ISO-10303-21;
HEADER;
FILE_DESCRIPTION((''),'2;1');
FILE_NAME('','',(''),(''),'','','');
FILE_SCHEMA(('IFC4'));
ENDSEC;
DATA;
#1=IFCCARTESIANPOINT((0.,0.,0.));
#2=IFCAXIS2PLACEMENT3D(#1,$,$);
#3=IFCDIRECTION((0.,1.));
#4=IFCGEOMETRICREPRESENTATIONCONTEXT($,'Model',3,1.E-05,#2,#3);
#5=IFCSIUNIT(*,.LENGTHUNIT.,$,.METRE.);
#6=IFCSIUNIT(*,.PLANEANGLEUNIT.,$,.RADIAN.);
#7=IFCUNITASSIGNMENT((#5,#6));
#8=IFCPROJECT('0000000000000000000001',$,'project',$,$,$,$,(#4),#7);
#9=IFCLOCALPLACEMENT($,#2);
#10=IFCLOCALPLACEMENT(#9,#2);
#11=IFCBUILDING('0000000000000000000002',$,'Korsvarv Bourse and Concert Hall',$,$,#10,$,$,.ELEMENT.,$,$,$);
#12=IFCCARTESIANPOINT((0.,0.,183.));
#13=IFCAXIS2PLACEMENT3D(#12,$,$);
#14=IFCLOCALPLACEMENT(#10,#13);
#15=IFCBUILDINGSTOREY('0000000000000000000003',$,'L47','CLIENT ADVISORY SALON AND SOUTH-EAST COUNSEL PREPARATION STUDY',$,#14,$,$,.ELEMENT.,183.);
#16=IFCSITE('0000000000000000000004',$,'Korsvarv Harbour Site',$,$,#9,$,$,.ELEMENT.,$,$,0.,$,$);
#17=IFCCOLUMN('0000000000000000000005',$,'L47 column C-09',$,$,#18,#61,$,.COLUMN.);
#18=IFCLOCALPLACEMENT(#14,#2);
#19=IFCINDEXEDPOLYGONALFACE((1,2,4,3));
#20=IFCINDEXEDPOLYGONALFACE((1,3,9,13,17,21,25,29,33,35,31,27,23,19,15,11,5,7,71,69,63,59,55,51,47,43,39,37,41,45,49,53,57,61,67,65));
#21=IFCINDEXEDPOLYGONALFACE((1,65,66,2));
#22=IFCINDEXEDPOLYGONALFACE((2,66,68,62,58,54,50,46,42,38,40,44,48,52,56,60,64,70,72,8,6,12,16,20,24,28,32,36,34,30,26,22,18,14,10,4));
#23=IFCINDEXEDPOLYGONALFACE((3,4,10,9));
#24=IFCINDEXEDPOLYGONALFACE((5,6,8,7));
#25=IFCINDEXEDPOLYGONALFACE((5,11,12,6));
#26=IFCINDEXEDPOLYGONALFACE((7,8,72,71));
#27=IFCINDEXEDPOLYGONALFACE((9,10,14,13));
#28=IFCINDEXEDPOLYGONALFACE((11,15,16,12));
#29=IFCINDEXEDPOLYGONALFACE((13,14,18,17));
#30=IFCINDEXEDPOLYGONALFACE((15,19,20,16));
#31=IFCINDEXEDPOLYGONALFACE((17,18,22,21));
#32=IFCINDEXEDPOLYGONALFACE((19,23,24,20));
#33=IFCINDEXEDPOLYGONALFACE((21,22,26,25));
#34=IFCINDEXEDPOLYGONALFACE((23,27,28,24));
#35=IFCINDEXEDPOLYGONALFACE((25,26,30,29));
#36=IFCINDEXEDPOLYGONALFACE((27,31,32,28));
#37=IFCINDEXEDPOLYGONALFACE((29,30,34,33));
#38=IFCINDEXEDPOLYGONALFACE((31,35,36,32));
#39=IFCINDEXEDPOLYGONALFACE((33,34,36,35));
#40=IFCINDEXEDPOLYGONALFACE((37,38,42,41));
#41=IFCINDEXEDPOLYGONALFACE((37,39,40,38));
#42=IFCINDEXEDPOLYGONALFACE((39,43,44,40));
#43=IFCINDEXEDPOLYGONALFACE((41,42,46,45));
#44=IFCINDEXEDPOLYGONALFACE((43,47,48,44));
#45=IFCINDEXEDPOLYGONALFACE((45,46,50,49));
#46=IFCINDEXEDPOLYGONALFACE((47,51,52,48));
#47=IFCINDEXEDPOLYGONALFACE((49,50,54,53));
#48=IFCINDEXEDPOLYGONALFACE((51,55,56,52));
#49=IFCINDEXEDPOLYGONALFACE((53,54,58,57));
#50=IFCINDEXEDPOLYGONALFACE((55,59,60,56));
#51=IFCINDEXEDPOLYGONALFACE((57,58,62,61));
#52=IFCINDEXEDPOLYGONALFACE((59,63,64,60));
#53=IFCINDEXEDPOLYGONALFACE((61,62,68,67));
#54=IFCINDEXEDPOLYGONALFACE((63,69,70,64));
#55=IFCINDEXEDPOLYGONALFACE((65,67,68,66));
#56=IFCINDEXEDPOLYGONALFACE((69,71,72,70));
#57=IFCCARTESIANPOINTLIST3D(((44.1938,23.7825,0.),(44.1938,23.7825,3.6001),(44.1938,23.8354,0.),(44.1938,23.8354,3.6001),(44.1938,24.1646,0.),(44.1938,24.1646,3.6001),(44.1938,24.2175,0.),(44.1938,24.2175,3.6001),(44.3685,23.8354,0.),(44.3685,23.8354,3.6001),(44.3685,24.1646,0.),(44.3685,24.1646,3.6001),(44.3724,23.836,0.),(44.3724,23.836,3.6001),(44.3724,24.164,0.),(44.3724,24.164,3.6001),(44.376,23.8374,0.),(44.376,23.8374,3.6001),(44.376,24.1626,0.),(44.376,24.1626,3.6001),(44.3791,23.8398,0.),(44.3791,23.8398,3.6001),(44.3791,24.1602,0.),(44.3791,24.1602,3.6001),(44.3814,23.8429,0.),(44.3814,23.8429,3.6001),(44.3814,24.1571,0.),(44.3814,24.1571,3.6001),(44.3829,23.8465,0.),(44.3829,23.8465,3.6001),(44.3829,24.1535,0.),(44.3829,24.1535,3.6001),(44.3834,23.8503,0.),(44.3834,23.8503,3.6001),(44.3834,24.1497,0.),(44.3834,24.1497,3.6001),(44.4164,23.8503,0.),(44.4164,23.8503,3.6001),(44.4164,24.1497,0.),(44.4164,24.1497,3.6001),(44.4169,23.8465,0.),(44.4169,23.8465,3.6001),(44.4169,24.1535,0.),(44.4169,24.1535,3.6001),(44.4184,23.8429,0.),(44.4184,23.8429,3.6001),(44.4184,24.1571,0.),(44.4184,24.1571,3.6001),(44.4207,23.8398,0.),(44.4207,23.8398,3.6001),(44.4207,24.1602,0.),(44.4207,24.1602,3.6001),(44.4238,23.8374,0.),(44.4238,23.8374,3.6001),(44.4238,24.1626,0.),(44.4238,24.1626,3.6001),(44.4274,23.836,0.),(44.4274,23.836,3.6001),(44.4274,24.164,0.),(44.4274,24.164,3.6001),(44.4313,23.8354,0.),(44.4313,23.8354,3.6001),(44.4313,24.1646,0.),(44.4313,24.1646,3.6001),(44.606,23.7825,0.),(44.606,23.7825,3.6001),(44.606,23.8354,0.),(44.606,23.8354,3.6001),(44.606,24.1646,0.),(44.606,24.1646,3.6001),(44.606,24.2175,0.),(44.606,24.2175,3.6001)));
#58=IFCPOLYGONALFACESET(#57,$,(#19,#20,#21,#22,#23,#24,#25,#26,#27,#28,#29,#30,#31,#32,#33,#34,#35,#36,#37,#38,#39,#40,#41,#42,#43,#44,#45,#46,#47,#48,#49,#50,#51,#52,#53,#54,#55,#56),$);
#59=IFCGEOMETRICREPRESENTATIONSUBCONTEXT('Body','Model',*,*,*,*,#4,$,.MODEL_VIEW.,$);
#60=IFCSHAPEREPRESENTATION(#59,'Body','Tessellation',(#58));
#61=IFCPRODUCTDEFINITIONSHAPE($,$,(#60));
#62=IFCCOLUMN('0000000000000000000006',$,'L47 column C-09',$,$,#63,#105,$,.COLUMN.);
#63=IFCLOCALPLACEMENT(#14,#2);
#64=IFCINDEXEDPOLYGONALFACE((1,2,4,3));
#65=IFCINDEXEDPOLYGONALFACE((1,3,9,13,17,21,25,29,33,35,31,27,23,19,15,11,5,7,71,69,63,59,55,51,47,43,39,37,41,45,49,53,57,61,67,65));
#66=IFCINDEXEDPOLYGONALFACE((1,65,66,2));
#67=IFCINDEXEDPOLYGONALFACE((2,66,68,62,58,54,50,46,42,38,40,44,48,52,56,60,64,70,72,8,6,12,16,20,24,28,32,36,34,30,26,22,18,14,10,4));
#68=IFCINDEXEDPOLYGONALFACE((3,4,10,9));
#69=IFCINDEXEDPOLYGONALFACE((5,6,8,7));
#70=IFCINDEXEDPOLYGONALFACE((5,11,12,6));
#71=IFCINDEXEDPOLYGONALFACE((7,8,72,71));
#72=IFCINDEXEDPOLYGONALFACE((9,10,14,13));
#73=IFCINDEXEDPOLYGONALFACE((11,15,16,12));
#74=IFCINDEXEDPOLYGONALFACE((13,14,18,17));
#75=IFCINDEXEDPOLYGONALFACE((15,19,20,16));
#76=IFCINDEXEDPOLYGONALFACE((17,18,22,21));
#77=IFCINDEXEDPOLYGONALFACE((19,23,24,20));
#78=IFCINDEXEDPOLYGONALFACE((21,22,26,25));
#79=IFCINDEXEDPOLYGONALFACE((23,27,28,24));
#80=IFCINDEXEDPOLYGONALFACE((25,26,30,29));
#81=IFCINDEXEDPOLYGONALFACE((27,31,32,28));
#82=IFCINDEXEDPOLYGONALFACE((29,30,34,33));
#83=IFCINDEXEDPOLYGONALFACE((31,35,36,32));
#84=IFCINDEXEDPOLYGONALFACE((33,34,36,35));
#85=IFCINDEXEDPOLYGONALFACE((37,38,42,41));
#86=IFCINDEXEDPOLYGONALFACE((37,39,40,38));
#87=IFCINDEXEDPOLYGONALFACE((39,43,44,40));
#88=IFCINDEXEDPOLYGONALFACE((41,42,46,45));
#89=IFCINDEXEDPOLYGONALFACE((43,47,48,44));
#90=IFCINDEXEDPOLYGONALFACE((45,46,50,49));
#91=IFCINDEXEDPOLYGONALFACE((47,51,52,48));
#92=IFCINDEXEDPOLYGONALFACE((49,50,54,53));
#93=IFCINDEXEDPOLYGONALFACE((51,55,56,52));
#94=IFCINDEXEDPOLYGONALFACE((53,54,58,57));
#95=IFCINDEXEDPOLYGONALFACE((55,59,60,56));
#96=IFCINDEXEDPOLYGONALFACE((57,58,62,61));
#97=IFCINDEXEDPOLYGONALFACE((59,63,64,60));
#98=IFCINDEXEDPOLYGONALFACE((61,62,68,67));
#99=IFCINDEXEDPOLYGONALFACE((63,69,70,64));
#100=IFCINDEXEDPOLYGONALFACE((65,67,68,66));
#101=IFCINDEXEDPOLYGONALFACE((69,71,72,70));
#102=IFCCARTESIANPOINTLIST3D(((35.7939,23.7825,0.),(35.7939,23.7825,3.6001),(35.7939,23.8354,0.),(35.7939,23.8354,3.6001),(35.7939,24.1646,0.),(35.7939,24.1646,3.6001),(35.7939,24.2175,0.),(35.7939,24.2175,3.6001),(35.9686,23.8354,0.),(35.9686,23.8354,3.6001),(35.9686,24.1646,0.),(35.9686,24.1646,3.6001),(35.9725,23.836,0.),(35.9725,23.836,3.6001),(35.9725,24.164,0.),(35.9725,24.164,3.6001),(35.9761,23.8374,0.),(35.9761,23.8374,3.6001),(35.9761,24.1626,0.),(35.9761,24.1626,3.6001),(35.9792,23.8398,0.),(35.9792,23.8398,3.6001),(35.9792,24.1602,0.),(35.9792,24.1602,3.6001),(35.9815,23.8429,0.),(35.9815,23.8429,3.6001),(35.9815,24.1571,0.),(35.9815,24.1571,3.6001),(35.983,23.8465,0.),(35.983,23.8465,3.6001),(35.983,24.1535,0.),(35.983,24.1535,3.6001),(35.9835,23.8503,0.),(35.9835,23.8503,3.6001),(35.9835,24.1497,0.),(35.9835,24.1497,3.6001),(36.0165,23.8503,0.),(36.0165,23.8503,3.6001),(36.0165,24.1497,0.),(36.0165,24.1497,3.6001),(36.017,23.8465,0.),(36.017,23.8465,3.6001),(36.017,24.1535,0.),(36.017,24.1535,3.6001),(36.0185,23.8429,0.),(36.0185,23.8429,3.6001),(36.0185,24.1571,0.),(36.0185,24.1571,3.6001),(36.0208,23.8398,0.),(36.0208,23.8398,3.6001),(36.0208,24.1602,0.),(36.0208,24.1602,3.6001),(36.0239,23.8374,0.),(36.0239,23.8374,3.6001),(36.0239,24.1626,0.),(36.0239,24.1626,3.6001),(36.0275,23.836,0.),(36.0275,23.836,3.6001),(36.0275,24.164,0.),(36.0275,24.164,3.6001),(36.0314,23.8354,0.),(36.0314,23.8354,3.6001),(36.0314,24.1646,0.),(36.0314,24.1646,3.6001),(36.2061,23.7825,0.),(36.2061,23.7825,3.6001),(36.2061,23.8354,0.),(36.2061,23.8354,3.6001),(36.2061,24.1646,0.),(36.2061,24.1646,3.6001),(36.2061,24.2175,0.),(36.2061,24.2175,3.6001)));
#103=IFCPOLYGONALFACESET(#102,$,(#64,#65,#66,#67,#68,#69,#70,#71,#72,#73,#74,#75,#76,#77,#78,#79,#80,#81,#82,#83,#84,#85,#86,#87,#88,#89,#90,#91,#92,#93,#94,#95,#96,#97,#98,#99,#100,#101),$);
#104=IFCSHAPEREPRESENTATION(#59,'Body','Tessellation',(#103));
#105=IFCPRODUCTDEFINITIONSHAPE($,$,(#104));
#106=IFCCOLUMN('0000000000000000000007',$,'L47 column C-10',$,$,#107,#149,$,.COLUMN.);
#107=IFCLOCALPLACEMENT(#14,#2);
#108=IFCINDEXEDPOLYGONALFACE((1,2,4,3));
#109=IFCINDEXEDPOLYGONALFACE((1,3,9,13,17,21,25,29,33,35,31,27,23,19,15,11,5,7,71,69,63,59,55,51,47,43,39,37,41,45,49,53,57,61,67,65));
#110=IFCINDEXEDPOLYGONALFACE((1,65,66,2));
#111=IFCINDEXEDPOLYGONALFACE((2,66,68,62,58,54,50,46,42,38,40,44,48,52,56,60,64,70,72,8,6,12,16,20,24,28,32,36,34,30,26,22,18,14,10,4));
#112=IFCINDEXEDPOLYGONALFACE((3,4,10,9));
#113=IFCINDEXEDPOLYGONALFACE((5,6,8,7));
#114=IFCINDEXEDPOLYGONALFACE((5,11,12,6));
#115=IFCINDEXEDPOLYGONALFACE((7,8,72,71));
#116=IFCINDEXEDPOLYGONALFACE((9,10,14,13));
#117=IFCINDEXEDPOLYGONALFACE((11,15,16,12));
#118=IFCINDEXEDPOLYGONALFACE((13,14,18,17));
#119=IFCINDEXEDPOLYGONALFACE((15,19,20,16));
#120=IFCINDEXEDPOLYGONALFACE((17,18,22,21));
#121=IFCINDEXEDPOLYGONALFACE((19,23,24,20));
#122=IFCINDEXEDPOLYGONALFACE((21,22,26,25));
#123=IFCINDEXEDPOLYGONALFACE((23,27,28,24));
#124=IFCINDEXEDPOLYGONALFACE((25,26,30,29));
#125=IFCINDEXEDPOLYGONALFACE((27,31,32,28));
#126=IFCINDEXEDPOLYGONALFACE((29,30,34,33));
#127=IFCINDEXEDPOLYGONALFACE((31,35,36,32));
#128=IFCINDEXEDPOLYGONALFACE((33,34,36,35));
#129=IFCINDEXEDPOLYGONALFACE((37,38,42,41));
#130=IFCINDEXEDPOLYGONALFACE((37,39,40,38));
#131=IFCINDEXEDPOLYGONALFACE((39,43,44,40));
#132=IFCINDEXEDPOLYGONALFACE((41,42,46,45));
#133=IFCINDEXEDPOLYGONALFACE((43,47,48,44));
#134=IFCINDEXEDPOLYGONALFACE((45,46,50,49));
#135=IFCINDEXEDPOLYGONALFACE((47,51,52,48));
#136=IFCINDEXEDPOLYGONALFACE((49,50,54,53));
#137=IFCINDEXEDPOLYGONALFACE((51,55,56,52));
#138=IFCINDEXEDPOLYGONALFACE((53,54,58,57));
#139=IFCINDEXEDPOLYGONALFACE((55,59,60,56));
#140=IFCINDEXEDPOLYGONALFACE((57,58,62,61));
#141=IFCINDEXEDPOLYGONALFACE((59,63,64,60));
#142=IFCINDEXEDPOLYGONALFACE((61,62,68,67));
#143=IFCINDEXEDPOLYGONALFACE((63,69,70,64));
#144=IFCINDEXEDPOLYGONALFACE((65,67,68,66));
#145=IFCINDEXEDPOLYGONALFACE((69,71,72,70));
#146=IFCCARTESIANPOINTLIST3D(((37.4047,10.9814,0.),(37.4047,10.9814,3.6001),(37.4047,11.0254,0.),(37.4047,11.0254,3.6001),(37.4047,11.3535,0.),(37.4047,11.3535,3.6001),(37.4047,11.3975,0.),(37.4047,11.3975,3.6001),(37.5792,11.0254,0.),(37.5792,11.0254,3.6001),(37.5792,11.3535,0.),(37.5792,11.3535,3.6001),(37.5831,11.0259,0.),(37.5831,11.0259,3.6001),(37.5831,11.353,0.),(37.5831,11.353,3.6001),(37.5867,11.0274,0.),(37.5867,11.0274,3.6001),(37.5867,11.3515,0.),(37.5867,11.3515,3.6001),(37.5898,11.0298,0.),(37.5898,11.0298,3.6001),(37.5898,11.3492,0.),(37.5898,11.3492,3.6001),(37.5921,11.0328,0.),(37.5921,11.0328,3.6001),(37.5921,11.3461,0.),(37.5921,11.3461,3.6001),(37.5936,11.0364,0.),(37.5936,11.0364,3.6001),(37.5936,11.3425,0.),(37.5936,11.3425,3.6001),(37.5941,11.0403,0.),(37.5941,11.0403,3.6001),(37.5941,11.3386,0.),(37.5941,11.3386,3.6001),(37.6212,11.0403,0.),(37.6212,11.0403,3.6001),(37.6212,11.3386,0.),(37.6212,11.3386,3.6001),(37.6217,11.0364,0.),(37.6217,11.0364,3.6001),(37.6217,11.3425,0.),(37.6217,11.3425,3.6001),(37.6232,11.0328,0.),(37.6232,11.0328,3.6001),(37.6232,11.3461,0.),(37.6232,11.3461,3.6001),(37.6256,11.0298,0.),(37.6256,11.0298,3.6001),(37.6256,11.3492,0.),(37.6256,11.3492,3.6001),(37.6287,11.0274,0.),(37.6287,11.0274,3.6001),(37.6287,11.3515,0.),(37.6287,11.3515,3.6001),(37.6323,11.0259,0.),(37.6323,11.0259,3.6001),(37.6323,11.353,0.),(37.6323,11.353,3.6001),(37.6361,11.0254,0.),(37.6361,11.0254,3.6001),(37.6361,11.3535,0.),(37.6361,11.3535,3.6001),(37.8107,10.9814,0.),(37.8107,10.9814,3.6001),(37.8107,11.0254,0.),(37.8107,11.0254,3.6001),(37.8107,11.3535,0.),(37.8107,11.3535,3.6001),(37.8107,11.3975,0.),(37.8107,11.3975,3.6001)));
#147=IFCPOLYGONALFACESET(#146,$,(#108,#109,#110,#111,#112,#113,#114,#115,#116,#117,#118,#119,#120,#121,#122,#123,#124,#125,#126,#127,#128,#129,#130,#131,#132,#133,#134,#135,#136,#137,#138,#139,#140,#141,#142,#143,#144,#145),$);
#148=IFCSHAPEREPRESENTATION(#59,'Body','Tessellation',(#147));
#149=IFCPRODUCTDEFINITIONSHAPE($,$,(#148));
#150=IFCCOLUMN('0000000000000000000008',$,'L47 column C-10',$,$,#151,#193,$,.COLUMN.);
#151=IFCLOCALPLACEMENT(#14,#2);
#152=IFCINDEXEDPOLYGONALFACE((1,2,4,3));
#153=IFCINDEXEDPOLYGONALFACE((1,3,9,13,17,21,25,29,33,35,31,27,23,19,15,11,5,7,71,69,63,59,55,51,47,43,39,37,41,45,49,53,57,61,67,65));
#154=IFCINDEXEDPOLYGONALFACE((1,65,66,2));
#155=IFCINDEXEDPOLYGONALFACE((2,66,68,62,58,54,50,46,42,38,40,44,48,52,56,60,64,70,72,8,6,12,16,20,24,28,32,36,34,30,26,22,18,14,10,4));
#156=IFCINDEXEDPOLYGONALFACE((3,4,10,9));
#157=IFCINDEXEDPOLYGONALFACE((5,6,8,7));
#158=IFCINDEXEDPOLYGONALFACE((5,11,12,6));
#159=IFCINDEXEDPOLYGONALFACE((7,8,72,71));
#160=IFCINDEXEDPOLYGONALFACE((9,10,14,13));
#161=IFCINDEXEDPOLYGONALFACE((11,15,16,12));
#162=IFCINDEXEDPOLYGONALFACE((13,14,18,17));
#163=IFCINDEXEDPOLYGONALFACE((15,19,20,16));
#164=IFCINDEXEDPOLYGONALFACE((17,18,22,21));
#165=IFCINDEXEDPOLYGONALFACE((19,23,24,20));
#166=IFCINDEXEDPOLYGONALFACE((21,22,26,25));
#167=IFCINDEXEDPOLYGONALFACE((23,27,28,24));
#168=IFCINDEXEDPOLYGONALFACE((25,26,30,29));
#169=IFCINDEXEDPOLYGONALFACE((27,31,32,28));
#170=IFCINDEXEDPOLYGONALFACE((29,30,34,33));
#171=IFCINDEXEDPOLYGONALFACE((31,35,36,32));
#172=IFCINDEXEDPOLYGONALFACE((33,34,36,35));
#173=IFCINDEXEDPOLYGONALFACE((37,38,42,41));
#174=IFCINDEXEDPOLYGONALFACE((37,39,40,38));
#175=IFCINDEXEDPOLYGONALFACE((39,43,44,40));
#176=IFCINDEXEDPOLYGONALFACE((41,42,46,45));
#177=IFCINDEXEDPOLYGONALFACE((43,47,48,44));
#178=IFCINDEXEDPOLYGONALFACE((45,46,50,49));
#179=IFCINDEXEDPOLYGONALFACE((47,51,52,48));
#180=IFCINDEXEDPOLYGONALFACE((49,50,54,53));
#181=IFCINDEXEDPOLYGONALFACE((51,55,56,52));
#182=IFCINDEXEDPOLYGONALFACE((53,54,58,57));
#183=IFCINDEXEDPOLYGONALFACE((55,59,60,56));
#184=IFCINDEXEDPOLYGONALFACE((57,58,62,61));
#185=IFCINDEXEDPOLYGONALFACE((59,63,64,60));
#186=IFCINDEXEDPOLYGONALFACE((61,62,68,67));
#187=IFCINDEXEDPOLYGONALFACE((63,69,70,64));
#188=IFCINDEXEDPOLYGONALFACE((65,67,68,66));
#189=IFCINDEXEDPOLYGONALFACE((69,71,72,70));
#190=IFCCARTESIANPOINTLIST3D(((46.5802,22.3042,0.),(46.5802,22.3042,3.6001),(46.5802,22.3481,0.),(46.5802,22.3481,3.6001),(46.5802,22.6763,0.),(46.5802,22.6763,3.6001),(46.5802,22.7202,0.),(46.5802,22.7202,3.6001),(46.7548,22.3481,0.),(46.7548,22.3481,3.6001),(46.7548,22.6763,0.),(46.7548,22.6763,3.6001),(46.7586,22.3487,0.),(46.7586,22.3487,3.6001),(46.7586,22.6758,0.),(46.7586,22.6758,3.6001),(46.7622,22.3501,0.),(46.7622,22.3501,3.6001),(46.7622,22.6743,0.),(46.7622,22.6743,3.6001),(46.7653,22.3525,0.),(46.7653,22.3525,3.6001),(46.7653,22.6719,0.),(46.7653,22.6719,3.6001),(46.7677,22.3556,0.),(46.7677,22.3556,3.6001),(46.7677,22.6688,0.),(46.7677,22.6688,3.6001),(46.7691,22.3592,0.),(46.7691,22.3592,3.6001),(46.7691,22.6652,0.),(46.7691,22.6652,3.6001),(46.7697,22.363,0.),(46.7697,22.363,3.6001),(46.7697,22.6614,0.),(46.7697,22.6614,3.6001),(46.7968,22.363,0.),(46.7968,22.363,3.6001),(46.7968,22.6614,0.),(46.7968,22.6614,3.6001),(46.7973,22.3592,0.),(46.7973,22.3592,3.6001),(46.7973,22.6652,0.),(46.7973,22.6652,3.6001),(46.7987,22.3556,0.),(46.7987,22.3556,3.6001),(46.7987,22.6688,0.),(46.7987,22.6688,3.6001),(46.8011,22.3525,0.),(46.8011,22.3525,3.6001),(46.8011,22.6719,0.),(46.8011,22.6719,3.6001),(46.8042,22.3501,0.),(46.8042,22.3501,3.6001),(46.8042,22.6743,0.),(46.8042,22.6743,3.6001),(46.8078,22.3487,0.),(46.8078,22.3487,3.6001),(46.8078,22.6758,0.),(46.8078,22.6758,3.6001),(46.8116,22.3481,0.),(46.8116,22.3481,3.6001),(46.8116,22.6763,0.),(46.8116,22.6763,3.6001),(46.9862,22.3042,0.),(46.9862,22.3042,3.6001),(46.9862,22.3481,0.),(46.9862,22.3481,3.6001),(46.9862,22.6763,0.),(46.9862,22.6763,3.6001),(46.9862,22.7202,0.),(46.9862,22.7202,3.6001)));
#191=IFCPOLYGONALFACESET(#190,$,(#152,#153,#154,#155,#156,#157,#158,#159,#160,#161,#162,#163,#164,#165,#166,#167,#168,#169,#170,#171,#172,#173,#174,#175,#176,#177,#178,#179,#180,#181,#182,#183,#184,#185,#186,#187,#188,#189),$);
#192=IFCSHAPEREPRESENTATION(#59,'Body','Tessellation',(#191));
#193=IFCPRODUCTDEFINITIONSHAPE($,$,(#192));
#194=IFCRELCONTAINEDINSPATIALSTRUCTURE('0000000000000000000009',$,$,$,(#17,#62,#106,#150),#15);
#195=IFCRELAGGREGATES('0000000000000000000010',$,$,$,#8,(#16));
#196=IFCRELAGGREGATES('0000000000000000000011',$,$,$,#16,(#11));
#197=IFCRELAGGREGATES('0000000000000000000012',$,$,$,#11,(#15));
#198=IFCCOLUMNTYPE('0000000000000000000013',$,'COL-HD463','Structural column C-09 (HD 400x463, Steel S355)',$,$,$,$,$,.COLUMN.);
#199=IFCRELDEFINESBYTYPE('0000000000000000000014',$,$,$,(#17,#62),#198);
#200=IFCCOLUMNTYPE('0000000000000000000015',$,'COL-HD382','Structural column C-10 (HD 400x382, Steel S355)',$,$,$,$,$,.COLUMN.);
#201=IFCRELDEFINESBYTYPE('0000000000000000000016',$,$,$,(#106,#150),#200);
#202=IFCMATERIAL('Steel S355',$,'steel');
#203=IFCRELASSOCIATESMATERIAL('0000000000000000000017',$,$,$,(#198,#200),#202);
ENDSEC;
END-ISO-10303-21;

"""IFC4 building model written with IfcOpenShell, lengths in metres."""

from ifc_helpers import new_model, si_unit, direction, frame, origin, origin_2d, place, context, subcontext, project, spatial, i_section, extrude, source, transform, mapped, material, material_profile, profile_set, type_object, element, save


model = new_model("IFC4")

# Units and contexts
model_context = context("Model", 3, precision=1e-05, world=origin(), true_north=direction((0.0, 1.0)))
body_context = subcontext(model_context, "Body", "Model", "MODEL_VIEW")
ifc_project = project(units=[si_unit("LENGTHUNIT", "METRE"), si_unit("PLANEANGLEUNIT", "RADIAN")], contexts=[model_context])

# Site, building, storey
site_placement = place(None, origin())
site = spatial("IfcSite", under=ifc_project, at=site_placement, Name="Korsvarv Harbour Site", CompositionType="ELEMENT", RefElevation=0.0)
building_placement = place(site_placement, origin())
building = spatial("IfcBuilding", under=site, at=building_placement, Name="Korsvarv Bourse and Concert Hall", CompositionType="ELEMENT")
storey_placement = place(building_placement, frame((0.0, 0.0, 183.0)))
storey = spatial("IfcBuildingStorey", under=building, at=storey_placement, Name="L47", Description="CLIENT ADVISORY SALON AND SOUTH-EAST COUNSEL PREPARATION STUDY", CompositionType="ELEMENT", Elevation=183.0)

# Columns
ifc_material_1 = material(Name="Steel S355", Category="steel")
ifc_material_profile_1 = material_profile(ifc_material_1, i_section(OverallWidth=0.4121, OverallDepth=0.4351, WebThickness=0.033, FlangeThickness=0.053, FilletRadius=0.0149, at=origin_2d()), Name="HD 400x463")
ifc_profile_set_1 = profile_set([ifc_material_profile_1], Name="Steel S355")
column_type_1 = type_object("IfcColumnType", Name="COL-HD463", Description="Structural column C-09 (HD 400x463, Steel S355)", PredefinedType="COLUMN", material=ifc_profile_set_1)
shared_shape_1 = source(origin(), body_context, "Body", "SweptSolid", [
    extrude(i_section(OverallWidth=0.4121, OverallDepth=0.4351, WebThickness=0.033, FlangeThickness=0.053, FilletRadius=0.0149, at=origin_2d()), origin(), (0.0, 0.0, 1.0), 3.6001),
])
for number, where, z_axis, x_axis, name in (
    (1, (44.3999, 24.0, 0.0), (0.0, 0.0, 1.0), (1.0, 0.0, 0.0), "L47 column C-09"),
    (2, (36.0, 24.0, 0.0), (0.0, 0.0, 1.0), (1.0, 0.0, 0.0), "L47 column C-09"),
):
    element("IfcColumn", number, at=place(storey_placement, frame(where, z_axis=z_axis, x_axis=x_axis)), inside=storey, type_object=column_type_1, Name=name, PredefinedType="COLUMN", context=body_context, shape_type="MappedRepresentation", body=[
        mapped(shared_shape_1, transform((0.0, 0.0, 0.0), scale=1.0)),
    ])
ifc_material_profile_2 = material_profile(ifc_material_1, i_section(OverallWidth=0.406, OverallDepth=0.416, WebThickness=0.0271, FlangeThickness=0.0439, FilletRadius=0.0149, at=origin_2d()), Name="HD 400x382")
ifc_profile_set_2 = profile_set([ifc_material_profile_2], Name="Steel S355")
column_type_2 = type_object("IfcColumnType", Name="COL-HD382", Description="Structural column C-10 (HD 400x382, Steel S355)", PredefinedType="COLUMN", material=ifc_profile_set_2)
shared_shape_2 = source(origin(), body_context, "Body", "SweptSolid", [
    extrude(i_section(OverallWidth=0.406, OverallDepth=0.416, WebThickness=0.0271, FlangeThickness=0.0439, FilletRadius=0.0149, at=origin_2d()), origin(), (0.0, 0.0, 1.0), 3.6001),
])
for number, where, z_axis, x_axis, name in (
    (3, (37.6077, 11.1895, 0.0), (0.0, 0.0, 1.0), (1.0, 0.0, 0.0), "L47 column C-10"),
    (4, (46.7832, 22.5122, 0.0), (0.0, 0.0, 1.0), (1.0, 0.0, 0.0), "L47 column C-10"),
):
    element("IfcColumn", number, at=place(storey_placement, frame(where, z_axis=z_axis, x_axis=x_axis)), inside=storey, type_object=column_type_2, Name=name, PredefinedType="COLUMN", context=body_context, shape_type="MappedRepresentation", body=[
        mapped(shared_shape_2, transform((0.0, 0.0, 0.0), scale=1.0)),
    ])

save(model, "model.ifc")
